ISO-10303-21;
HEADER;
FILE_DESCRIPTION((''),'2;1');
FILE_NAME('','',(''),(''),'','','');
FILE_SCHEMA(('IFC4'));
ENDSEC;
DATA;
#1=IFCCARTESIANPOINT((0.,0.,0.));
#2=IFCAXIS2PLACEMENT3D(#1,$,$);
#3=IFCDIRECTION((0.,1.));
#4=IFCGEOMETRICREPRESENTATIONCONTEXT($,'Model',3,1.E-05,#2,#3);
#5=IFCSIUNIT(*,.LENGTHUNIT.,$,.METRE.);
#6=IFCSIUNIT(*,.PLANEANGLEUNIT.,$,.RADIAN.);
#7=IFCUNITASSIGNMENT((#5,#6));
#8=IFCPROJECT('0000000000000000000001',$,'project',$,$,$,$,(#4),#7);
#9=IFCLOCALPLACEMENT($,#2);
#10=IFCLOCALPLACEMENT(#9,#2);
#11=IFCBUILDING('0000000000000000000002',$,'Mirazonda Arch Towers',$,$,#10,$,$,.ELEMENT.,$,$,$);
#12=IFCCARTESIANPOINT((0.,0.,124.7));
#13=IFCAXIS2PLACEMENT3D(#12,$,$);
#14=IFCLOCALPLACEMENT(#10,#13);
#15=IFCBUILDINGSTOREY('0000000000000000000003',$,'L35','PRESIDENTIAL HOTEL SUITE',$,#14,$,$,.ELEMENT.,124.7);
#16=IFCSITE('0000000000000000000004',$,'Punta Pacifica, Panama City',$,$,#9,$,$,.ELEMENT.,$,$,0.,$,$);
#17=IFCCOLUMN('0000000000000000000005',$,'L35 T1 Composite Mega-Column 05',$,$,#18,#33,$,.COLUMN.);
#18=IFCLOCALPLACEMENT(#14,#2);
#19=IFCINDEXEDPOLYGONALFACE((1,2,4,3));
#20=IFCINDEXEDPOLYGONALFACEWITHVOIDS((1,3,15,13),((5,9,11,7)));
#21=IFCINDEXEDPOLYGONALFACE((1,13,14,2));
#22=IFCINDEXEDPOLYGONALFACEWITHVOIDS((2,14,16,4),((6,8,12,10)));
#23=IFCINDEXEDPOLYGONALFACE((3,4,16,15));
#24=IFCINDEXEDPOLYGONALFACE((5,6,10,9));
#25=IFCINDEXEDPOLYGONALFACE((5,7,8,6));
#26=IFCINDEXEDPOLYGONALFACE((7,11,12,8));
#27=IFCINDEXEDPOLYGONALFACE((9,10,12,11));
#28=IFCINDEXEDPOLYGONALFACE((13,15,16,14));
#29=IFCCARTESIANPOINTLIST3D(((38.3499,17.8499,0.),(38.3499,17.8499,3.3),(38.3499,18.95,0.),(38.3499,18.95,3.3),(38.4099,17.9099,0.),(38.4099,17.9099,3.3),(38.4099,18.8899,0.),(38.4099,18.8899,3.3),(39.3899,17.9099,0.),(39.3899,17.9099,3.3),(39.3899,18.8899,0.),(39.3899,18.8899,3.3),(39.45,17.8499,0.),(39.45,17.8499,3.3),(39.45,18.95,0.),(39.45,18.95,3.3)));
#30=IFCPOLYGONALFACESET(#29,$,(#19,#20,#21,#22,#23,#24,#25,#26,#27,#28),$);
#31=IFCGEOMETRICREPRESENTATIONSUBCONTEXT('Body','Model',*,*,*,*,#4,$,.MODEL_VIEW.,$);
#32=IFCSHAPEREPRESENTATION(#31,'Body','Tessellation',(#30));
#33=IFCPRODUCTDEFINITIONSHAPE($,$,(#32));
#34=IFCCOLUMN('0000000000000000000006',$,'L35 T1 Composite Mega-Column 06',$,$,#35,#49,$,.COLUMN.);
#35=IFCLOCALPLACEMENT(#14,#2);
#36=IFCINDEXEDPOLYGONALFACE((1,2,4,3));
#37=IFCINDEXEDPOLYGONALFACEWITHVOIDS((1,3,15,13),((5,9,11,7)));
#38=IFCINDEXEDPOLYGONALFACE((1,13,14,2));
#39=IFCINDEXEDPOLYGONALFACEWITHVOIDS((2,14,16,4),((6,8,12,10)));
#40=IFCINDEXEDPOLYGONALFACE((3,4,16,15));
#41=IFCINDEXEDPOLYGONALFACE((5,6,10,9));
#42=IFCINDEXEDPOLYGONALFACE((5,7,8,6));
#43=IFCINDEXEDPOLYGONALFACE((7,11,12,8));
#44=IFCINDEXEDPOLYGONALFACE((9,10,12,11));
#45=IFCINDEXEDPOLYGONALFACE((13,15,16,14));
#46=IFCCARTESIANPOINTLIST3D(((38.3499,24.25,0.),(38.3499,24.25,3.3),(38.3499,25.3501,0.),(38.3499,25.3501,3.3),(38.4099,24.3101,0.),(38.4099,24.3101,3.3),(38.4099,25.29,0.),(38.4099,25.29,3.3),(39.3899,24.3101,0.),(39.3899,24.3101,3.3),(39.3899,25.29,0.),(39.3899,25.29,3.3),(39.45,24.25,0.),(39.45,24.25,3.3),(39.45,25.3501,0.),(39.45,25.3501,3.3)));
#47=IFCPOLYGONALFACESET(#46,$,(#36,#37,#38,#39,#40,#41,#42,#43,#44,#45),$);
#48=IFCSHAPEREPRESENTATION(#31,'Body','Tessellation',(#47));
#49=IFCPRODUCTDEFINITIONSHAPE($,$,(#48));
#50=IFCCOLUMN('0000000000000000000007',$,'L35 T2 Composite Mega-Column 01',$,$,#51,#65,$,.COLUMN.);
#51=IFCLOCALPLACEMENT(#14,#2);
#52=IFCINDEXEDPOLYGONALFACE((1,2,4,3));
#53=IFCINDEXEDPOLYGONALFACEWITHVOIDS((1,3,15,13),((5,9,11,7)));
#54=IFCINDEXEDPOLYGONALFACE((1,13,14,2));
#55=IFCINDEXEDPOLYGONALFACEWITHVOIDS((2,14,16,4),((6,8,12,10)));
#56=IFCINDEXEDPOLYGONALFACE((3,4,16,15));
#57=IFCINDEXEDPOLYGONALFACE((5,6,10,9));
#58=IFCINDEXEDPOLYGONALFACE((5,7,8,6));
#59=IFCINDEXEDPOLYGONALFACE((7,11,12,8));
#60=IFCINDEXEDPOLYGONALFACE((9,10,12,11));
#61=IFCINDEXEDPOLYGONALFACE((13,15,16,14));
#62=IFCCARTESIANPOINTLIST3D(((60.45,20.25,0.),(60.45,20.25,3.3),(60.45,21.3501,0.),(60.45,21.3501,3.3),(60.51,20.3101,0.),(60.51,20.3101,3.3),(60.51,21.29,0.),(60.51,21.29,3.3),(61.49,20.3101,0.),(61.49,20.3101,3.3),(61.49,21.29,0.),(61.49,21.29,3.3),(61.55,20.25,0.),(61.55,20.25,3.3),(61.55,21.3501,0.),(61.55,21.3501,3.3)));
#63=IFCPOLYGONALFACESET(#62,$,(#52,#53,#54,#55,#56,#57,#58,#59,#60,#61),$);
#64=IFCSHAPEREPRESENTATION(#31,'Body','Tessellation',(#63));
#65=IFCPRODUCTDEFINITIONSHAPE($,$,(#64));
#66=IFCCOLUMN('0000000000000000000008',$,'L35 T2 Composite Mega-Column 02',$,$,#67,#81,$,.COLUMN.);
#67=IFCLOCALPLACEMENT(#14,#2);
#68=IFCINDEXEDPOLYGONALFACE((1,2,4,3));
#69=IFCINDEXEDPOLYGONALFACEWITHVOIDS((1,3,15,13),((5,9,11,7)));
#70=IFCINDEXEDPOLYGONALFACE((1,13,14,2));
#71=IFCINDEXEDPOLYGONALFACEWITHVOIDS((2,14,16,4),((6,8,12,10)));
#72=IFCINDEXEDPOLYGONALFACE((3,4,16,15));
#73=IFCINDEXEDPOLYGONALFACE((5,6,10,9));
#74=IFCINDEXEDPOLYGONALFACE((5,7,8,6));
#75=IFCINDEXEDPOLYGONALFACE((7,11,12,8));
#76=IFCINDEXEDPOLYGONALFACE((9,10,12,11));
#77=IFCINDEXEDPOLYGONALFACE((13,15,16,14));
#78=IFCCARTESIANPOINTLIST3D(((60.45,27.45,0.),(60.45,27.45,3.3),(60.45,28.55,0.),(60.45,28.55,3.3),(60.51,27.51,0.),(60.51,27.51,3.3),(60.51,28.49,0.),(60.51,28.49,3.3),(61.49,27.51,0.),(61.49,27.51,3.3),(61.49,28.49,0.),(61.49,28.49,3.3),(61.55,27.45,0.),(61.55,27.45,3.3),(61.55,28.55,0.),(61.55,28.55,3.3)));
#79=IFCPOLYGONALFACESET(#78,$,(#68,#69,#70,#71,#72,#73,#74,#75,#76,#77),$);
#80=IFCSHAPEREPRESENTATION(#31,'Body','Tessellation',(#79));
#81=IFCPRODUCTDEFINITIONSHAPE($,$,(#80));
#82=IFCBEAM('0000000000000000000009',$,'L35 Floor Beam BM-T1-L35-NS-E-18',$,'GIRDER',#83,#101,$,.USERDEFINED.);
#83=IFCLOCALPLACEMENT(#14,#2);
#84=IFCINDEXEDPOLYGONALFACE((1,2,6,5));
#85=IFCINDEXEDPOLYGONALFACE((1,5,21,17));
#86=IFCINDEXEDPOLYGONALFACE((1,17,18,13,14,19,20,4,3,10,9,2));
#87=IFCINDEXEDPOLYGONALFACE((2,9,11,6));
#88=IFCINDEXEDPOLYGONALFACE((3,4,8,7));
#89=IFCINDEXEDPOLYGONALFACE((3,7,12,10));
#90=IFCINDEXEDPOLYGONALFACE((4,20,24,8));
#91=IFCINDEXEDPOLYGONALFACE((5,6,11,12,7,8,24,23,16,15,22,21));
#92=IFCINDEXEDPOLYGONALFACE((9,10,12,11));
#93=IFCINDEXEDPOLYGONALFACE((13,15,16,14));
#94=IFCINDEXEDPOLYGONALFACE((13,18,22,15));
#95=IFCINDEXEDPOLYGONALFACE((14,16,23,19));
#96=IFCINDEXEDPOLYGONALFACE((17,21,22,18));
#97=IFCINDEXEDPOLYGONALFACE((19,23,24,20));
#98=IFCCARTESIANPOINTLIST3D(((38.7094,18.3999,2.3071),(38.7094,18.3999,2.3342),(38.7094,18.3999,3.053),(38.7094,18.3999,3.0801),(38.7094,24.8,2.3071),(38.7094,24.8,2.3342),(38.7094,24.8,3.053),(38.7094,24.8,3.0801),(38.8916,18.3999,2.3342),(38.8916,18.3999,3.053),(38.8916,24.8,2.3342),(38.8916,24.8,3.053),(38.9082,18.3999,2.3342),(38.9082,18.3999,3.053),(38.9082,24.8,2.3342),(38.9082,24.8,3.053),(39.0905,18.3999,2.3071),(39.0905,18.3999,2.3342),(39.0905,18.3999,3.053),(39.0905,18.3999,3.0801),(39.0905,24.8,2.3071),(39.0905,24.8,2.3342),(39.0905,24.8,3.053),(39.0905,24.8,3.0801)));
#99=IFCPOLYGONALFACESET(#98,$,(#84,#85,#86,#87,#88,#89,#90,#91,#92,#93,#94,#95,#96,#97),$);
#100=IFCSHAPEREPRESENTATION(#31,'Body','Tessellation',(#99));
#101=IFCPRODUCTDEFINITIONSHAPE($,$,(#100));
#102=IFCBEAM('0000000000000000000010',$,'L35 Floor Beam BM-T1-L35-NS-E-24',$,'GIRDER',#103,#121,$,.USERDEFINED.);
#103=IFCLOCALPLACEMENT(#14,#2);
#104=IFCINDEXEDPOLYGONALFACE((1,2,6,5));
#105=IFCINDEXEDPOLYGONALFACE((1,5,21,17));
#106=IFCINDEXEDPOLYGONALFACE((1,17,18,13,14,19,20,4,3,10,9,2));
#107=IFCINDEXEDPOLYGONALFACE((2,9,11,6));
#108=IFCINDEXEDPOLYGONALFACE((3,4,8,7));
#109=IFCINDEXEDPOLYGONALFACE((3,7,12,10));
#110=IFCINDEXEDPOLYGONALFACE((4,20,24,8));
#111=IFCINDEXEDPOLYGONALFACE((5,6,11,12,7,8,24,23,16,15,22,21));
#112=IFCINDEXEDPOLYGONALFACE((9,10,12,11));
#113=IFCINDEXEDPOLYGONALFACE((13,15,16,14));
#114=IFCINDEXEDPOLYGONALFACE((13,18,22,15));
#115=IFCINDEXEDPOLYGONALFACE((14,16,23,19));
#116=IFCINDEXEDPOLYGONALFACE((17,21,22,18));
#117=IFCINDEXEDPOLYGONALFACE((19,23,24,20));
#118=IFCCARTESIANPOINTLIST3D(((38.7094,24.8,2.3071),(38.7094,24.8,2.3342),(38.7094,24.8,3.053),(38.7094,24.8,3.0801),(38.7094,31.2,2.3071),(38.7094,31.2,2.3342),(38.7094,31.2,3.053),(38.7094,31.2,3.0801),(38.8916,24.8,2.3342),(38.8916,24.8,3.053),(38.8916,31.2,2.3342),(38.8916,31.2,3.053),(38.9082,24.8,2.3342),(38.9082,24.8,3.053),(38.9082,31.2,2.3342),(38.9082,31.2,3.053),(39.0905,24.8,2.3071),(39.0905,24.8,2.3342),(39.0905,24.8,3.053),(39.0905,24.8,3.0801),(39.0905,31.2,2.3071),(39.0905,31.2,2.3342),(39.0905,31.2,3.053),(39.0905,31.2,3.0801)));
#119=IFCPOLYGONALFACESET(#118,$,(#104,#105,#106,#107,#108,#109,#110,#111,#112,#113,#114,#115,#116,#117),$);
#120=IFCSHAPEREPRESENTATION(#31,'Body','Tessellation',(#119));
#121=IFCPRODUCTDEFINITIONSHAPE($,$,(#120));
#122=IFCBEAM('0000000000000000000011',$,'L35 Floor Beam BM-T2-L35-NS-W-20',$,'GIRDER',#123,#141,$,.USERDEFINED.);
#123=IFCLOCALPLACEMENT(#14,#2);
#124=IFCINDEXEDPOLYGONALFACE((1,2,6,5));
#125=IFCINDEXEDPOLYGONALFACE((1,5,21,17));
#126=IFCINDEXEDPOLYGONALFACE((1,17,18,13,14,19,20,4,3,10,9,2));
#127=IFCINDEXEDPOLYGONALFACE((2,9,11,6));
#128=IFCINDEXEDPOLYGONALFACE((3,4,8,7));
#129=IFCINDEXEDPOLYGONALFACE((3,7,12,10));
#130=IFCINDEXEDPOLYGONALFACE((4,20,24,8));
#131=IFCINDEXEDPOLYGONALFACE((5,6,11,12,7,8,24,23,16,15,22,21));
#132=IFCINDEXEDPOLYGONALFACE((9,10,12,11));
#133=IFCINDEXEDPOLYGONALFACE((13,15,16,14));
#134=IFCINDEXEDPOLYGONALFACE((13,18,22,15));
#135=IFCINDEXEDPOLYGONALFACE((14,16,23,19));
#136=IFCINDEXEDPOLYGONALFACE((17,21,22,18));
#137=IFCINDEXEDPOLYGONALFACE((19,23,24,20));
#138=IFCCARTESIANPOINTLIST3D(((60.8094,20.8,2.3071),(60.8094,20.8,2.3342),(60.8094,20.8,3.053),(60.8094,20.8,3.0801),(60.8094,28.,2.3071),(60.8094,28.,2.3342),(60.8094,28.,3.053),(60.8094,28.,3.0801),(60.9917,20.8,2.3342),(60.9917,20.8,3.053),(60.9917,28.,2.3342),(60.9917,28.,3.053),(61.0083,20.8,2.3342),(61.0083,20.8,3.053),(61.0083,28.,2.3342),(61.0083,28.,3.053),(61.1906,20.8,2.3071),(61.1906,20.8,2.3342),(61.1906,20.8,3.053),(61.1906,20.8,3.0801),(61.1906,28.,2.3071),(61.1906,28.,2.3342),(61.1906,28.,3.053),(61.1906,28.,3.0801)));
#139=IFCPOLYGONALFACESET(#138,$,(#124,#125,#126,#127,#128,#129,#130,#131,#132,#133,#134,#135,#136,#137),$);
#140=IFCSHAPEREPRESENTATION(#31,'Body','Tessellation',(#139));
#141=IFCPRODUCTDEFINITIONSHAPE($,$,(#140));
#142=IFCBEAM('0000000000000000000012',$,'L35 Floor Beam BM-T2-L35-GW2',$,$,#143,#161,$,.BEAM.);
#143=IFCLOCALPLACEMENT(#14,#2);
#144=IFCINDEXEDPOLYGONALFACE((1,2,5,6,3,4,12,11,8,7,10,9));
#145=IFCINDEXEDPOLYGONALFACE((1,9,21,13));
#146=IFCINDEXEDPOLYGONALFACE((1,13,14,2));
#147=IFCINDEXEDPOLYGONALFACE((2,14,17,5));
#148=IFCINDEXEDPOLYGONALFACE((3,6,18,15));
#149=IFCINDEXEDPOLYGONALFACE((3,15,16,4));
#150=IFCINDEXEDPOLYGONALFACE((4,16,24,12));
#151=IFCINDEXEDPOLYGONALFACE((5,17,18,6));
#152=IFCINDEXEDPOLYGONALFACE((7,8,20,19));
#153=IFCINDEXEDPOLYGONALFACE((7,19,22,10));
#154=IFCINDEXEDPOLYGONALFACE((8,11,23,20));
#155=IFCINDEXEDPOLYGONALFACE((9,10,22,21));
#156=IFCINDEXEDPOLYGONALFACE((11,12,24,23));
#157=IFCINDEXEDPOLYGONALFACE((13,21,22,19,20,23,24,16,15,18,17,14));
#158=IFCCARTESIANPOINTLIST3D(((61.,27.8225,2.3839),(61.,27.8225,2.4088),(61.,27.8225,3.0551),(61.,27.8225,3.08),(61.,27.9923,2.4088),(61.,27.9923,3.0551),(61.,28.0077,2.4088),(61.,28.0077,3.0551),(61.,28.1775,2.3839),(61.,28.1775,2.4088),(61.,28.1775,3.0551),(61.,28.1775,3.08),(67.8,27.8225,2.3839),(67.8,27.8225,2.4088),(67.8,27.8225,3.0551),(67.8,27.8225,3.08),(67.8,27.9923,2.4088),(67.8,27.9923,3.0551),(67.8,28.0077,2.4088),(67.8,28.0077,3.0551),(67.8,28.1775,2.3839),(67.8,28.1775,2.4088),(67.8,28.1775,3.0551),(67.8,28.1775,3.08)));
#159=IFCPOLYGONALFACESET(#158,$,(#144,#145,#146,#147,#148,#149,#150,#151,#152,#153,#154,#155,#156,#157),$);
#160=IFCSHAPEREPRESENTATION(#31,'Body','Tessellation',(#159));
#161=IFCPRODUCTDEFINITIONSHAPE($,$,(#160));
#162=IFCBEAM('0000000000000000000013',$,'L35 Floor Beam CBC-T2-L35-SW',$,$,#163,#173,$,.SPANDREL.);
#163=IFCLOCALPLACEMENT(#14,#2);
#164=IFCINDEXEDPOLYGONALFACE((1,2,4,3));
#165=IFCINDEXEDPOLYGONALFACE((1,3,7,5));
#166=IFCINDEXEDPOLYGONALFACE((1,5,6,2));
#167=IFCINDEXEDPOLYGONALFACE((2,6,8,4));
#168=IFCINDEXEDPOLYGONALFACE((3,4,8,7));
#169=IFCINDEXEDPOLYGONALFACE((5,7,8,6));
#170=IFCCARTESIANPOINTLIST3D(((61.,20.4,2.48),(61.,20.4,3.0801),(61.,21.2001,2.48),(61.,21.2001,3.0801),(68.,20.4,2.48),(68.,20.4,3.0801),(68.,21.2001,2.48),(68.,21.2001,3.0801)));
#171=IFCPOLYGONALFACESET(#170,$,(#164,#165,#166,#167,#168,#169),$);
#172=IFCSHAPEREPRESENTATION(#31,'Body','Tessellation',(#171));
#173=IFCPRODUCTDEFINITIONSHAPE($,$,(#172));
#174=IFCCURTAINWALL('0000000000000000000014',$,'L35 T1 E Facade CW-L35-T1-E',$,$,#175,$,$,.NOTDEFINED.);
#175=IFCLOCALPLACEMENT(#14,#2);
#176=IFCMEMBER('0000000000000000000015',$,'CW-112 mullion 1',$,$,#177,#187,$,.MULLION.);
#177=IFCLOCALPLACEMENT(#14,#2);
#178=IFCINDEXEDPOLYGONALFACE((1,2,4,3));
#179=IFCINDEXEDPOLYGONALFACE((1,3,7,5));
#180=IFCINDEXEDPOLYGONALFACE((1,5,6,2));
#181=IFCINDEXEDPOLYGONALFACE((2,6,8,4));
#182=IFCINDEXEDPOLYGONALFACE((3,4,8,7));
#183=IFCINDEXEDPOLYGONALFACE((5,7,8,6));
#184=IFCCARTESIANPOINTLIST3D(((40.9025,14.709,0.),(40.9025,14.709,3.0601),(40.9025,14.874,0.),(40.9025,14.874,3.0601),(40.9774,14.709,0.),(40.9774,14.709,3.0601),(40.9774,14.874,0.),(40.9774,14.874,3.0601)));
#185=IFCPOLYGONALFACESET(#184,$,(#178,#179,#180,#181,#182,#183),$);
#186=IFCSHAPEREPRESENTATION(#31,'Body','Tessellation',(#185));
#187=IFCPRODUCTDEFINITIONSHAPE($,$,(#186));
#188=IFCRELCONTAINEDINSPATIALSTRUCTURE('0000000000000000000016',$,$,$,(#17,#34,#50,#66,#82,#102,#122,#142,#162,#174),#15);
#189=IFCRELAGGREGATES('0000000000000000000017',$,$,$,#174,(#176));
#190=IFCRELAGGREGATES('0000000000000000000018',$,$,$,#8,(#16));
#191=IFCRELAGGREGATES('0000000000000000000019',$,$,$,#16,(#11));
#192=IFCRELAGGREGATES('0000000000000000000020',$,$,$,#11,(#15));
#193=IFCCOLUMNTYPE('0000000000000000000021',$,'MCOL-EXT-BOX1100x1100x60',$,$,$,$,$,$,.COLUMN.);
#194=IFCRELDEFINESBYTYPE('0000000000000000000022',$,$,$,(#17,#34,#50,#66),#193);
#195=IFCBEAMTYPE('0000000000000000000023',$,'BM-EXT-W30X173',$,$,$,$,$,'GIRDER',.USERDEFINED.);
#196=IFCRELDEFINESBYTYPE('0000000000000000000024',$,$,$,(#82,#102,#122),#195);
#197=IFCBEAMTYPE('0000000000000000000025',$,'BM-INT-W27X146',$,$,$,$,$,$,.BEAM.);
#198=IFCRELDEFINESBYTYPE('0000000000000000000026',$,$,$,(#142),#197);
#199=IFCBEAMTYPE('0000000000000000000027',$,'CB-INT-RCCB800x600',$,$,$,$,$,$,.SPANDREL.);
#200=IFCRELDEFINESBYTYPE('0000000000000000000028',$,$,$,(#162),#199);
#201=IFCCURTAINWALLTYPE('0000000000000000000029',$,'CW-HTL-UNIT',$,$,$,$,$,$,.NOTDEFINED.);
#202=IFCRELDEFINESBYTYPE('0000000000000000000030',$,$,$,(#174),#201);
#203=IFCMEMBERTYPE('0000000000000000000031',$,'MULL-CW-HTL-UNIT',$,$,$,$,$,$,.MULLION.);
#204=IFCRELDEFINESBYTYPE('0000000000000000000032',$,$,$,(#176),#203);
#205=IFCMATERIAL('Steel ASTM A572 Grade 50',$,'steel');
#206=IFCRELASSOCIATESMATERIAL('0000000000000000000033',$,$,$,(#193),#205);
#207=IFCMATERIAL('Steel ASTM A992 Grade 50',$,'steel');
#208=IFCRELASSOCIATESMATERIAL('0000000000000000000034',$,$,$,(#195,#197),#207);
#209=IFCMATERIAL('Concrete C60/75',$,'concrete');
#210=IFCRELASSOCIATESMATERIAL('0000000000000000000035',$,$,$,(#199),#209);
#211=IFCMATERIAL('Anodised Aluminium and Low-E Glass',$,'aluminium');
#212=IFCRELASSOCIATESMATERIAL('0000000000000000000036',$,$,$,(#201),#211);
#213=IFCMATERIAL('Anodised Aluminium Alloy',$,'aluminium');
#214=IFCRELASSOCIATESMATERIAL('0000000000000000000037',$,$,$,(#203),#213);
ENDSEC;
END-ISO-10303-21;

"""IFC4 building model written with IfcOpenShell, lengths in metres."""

from ifc_helpers import new_model, si_unit, direction, frame, origin, origin_2d, place, context, subcontext, project, spatial, rectangle, hollow_rectangle, i_section, extrude, material, material_profile, profile_set, type_object, element, aggregate, save


model = new_model("IFC4")

# Units and contexts
model_context = context("Model", 3, precision=1e-05, world=origin(), true_north=direction((0.0, 1.0)))
body_context = subcontext(model_context, "Body", "Model", "MODEL_VIEW")
ifc_project = project(units=[si_unit("LENGTHUNIT", "METRE"), si_unit("PLANEANGLEUNIT", "RADIAN")], contexts=[model_context])

# Site, building, storey
site_placement = place(None, origin())
site = spatial("IfcSite", under=ifc_project, at=site_placement, Name="Punta Pacifica, Panama City", CompositionType="ELEMENT", RefElevation=0.0)
building_placement = place(site_placement, origin())
building = spatial("IfcBuilding", under=site, at=building_placement, Name="Mirazonda Arch Towers", CompositionType="ELEMENT")
storey_placement = place(building_placement, frame((0.0, 0.0, 124.7)))
storey = spatial("IfcBuildingStorey", under=building, at=storey_placement, Name="L35", Description="PRESIDENTIAL HOTEL SUITE", CompositionType="ELEMENT", Elevation=124.7)

# Columns
ifc_material_1 = material(Name="Steel ASTM A572 Grade 50", Category="steel")
ifc_material_profile_1 = material_profile(ifc_material_1, hollow_rectangle(XDim=1.1001, YDim=1.1001, WallThickness=0.0601, at=origin_2d()), Name="BOX1100x1100x60")
ifc_profile_set_1 = profile_set([ifc_material_profile_1], Name="Steel ASTM A572 Grade 50")
column_type = type_object("IfcColumnType", Name="MCOL-EXT-BOX1100x1100x60", PredefinedType="COLUMN", material=ifc_profile_set_1)
for number, where, z_axis, x_axis, name in (
    (1, (38.8999, 18.3999, 0.0), (0.0, 0.0, 1.0), (1.0, 0.0, 0.0), "L35 T1 Composite Mega-Column 05"),
    (2, (38.8999, 24.8, 0.0), (0.0, 0.0, 1.0), (1.0, 0.0, 0.0), "L35 T1 Composite Mega-Column 06"),
    (3, (61.0, 20.8, 0.0), (0.0, 0.0, 1.0), (1.0, 0.0, 0.0), "L35 T2 Composite Mega-Column 01"),
    (4, (61.0, 28.0, 0.0), (0.0, 0.0, 1.0), (1.0, 0.0, 0.0), "L35 T2 Composite Mega-Column 02"),
):
    element("IfcColumn", number, at=place(storey_placement, frame(where, z_axis=z_axis, x_axis=x_axis)), inside=storey, type_object=column_type, Name=name, PredefinedType="COLUMN", context=body_context, shape_type="SweptSolid", body=[
        extrude(hollow_rectangle(XDim=1.1001, YDim=1.1001, WallThickness=0.0601, at=origin_2d()), origin(), (0.0, 0.0, 1.0), 3.3),
    ])

# Beams
ifc_material_2 = material(Name="Steel ASTM A992 Grade 50", Category="steel")
ifc_material_profile_2 = material_profile(ifc_material_2, i_section(OverallWidth=0.3811, OverallDepth=0.7729, WebThickness=0.0166, FlangeThickness=0.0271, at=origin_2d()), Name="W30X173")
ifc_profile_set_2 = profile_set([ifc_material_profile_2], Name="Steel ASTM A992 Grade 50")
beam_type_1 = type_object("IfcBeamType", Name="BM-EXT-W30X173", ElementType="GIRDER", PredefinedType="USERDEFINED", material=ifc_profile_set_2)
beam_1_placement = place(storey_placement, frame((38.8999, 18.3999, 2.6936), z_axis=(0.0, 1.0, 0.0), x_axis=(-1.0, 0.0, 0.0)))
element("IfcBeam", 5, at=beam_1_placement, inside=storey, type_object=beam_type_1, Name="L35 Floor Beam BM-T1-L35-NS-E-18", ObjectType="GIRDER", PredefinedType="USERDEFINED", context=body_context, shape_type="SweptSolid", body=[
    extrude(i_section(OverallWidth=0.3811, OverallDepth=0.7729, WebThickness=0.0166, FlangeThickness=0.0271, at=origin_2d()), origin(), (0.0, 0.0, 1.0), 6.4001),
])
beam_2_placement = place(storey_placement, frame((38.8999, 24.8, 2.6936), z_axis=(0.0, 1.0, 0.0), x_axis=(-1.0, 0.0, 0.0)))
element("IfcBeam", 6, at=beam_2_placement, inside=storey, type_object=beam_type_1, Name="L35 Floor Beam BM-T1-L35-NS-E-24", ObjectType="GIRDER", PredefinedType="USERDEFINED", context=body_context, shape_type="SweptSolid", body=[
    extrude(i_section(OverallWidth=0.3811, OverallDepth=0.7729, WebThickness=0.0166, FlangeThickness=0.0271, at=origin_2d()), origin(), (0.0, 0.0, 1.0), 6.3999),
])
beam_3_placement = place(storey_placement, frame((61.0, 20.8, 2.6936), z_axis=(0.0, 1.0, 0.0), x_axis=(-1.0, 0.0, 0.0)))
element("IfcBeam", 7, at=beam_3_placement, inside=storey, type_object=beam_type_1, Name="L35 Floor Beam BM-T2-L35-NS-W-20", ObjectType="GIRDER", PredefinedType="USERDEFINED", context=body_context, shape_type="SweptSolid", body=[
    extrude(i_section(OverallWidth=0.3811, OverallDepth=0.7729, WebThickness=0.0166, FlangeThickness=0.0271, at=origin_2d()), origin(), (0.0, 0.0, 1.0), 7.2),
])
ifc_material_profile_3 = material_profile(ifc_material_2, i_section(OverallWidth=0.355, OverallDepth=0.696, WebThickness=0.0154, FlangeThickness=0.0249, at=origin_2d()), Name="W27X146")
ifc_profile_set_3 = profile_set([ifc_material_profile_3], Name="Steel ASTM A992 Grade 50")
beam_type_2 = type_object("IfcBeamType", Name="BM-INT-W27X146", PredefinedType="BEAM", material=ifc_profile_set_3)
beam_4_placement = place(storey_placement, frame((61.0, 28.0, 2.7319), z_axis=(1.0, 0.0, 0.0), x_axis=(0.0, 1.0, 0.0)))
element("IfcBeam", 8, at=beam_4_placement, inside=storey, type_object=beam_type_2, Name="L35 Floor Beam BM-T2-L35-GW2", PredefinedType="BEAM", context=body_context, shape_type="SweptSolid", body=[
    extrude(i_section(OverallWidth=0.355, OverallDepth=0.696, WebThickness=0.0154, FlangeThickness=0.0249, at=origin_2d()), origin(), (0.0, 0.0, 1.0), 6.8),
])
ifc_material_3 = material(Name="Concrete C60/75", Category="concrete")
ifc_material_profile_4 = material_profile(ifc_material_3, rectangle(XDim=0.8, YDim=0.6001, at=origin_2d()), Name="RCCB800x600")
ifc_profile_set_4 = profile_set([ifc_material_profile_4], Name="Concrete C60/75")
beam_type_3 = type_object("IfcBeamType", Name="CB-INT-RCCB800x600", PredefinedType="SPANDREL", material=ifc_profile_set_4)
beam_5_placement = place(storey_placement, frame((61.0, 20.8, 2.78), z_axis=(1.0, 0.0, 0.0), x_axis=(0.0, 1.0, 0.0)))
element("IfcBeam", 9, at=beam_5_placement, inside=storey, type_object=beam_type_3, Name="L35 Floor Beam CBC-T2-L35-SW", PredefinedType="SPANDREL", context=body_context, shape_type="SweptSolid", body=[
    extrude(rectangle(XDim=0.8, YDim=0.6001, at=origin_2d()), origin(), (0.0, 0.0, 1.0), 7.0),
])

# Curtain wall, member
ifc_material_4 = material(Name="Anodised Aluminium and Low-E Glass", Category="aluminium")
curtain_wall_type = type_object("IfcCurtainWallType", Name="CW-HTL-UNIT", PredefinedType="NOTDEFINED", material=ifc_material_4)
curtain_wall_1_placement = place(storey_placement, origin())
curtain_wall_1 = element("IfcCurtainWall", 10, at=curtain_wall_1_placement, inside=storey, type_object=curtain_wall_type, Name="L35 T1 E Facade CW-L35-T1-E", PredefinedType="NOTDEFINED")
ifc_material_5 = material(Name="Anodised Aluminium Alloy", Category="aluminium")
ifc_material_profile_5 = material_profile(ifc_material_5, rectangle(XDim=0.075, YDim=0.165, at=origin_2d()), Name="ALU-MULL-75x165")
ifc_profile_set_5 = profile_set([ifc_material_profile_5], Name="Anodised Aluminium Alloy")
member_type_1 = type_object("IfcMemberType", Name="MULL-CW-HTL-UNIT", PredefinedType="MULLION", material=ifc_profile_set_5)
member_1_placement = place(storey_placement, frame((40.9399, 14.7915, 0.0), z_axis=(0.0, 0.0, 1.0), x_axis=(-1.0, 0.0, 0.0)))
member_1 = element("IfcMember", 11, at=member_1_placement, type_object=member_type_1, Name="CW-112 mullion 1", PredefinedType="MULLION", context=body_context, shape_type="SweptSolid", body=[
    extrude(rectangle(XDim=0.075, YDim=0.165, at=origin_2d()), origin(), (0.0, 0.0, 1.0), 3.0601),
])

aggregate(curtain_wall_1, [member_1])

save(model, "model.ifc")
